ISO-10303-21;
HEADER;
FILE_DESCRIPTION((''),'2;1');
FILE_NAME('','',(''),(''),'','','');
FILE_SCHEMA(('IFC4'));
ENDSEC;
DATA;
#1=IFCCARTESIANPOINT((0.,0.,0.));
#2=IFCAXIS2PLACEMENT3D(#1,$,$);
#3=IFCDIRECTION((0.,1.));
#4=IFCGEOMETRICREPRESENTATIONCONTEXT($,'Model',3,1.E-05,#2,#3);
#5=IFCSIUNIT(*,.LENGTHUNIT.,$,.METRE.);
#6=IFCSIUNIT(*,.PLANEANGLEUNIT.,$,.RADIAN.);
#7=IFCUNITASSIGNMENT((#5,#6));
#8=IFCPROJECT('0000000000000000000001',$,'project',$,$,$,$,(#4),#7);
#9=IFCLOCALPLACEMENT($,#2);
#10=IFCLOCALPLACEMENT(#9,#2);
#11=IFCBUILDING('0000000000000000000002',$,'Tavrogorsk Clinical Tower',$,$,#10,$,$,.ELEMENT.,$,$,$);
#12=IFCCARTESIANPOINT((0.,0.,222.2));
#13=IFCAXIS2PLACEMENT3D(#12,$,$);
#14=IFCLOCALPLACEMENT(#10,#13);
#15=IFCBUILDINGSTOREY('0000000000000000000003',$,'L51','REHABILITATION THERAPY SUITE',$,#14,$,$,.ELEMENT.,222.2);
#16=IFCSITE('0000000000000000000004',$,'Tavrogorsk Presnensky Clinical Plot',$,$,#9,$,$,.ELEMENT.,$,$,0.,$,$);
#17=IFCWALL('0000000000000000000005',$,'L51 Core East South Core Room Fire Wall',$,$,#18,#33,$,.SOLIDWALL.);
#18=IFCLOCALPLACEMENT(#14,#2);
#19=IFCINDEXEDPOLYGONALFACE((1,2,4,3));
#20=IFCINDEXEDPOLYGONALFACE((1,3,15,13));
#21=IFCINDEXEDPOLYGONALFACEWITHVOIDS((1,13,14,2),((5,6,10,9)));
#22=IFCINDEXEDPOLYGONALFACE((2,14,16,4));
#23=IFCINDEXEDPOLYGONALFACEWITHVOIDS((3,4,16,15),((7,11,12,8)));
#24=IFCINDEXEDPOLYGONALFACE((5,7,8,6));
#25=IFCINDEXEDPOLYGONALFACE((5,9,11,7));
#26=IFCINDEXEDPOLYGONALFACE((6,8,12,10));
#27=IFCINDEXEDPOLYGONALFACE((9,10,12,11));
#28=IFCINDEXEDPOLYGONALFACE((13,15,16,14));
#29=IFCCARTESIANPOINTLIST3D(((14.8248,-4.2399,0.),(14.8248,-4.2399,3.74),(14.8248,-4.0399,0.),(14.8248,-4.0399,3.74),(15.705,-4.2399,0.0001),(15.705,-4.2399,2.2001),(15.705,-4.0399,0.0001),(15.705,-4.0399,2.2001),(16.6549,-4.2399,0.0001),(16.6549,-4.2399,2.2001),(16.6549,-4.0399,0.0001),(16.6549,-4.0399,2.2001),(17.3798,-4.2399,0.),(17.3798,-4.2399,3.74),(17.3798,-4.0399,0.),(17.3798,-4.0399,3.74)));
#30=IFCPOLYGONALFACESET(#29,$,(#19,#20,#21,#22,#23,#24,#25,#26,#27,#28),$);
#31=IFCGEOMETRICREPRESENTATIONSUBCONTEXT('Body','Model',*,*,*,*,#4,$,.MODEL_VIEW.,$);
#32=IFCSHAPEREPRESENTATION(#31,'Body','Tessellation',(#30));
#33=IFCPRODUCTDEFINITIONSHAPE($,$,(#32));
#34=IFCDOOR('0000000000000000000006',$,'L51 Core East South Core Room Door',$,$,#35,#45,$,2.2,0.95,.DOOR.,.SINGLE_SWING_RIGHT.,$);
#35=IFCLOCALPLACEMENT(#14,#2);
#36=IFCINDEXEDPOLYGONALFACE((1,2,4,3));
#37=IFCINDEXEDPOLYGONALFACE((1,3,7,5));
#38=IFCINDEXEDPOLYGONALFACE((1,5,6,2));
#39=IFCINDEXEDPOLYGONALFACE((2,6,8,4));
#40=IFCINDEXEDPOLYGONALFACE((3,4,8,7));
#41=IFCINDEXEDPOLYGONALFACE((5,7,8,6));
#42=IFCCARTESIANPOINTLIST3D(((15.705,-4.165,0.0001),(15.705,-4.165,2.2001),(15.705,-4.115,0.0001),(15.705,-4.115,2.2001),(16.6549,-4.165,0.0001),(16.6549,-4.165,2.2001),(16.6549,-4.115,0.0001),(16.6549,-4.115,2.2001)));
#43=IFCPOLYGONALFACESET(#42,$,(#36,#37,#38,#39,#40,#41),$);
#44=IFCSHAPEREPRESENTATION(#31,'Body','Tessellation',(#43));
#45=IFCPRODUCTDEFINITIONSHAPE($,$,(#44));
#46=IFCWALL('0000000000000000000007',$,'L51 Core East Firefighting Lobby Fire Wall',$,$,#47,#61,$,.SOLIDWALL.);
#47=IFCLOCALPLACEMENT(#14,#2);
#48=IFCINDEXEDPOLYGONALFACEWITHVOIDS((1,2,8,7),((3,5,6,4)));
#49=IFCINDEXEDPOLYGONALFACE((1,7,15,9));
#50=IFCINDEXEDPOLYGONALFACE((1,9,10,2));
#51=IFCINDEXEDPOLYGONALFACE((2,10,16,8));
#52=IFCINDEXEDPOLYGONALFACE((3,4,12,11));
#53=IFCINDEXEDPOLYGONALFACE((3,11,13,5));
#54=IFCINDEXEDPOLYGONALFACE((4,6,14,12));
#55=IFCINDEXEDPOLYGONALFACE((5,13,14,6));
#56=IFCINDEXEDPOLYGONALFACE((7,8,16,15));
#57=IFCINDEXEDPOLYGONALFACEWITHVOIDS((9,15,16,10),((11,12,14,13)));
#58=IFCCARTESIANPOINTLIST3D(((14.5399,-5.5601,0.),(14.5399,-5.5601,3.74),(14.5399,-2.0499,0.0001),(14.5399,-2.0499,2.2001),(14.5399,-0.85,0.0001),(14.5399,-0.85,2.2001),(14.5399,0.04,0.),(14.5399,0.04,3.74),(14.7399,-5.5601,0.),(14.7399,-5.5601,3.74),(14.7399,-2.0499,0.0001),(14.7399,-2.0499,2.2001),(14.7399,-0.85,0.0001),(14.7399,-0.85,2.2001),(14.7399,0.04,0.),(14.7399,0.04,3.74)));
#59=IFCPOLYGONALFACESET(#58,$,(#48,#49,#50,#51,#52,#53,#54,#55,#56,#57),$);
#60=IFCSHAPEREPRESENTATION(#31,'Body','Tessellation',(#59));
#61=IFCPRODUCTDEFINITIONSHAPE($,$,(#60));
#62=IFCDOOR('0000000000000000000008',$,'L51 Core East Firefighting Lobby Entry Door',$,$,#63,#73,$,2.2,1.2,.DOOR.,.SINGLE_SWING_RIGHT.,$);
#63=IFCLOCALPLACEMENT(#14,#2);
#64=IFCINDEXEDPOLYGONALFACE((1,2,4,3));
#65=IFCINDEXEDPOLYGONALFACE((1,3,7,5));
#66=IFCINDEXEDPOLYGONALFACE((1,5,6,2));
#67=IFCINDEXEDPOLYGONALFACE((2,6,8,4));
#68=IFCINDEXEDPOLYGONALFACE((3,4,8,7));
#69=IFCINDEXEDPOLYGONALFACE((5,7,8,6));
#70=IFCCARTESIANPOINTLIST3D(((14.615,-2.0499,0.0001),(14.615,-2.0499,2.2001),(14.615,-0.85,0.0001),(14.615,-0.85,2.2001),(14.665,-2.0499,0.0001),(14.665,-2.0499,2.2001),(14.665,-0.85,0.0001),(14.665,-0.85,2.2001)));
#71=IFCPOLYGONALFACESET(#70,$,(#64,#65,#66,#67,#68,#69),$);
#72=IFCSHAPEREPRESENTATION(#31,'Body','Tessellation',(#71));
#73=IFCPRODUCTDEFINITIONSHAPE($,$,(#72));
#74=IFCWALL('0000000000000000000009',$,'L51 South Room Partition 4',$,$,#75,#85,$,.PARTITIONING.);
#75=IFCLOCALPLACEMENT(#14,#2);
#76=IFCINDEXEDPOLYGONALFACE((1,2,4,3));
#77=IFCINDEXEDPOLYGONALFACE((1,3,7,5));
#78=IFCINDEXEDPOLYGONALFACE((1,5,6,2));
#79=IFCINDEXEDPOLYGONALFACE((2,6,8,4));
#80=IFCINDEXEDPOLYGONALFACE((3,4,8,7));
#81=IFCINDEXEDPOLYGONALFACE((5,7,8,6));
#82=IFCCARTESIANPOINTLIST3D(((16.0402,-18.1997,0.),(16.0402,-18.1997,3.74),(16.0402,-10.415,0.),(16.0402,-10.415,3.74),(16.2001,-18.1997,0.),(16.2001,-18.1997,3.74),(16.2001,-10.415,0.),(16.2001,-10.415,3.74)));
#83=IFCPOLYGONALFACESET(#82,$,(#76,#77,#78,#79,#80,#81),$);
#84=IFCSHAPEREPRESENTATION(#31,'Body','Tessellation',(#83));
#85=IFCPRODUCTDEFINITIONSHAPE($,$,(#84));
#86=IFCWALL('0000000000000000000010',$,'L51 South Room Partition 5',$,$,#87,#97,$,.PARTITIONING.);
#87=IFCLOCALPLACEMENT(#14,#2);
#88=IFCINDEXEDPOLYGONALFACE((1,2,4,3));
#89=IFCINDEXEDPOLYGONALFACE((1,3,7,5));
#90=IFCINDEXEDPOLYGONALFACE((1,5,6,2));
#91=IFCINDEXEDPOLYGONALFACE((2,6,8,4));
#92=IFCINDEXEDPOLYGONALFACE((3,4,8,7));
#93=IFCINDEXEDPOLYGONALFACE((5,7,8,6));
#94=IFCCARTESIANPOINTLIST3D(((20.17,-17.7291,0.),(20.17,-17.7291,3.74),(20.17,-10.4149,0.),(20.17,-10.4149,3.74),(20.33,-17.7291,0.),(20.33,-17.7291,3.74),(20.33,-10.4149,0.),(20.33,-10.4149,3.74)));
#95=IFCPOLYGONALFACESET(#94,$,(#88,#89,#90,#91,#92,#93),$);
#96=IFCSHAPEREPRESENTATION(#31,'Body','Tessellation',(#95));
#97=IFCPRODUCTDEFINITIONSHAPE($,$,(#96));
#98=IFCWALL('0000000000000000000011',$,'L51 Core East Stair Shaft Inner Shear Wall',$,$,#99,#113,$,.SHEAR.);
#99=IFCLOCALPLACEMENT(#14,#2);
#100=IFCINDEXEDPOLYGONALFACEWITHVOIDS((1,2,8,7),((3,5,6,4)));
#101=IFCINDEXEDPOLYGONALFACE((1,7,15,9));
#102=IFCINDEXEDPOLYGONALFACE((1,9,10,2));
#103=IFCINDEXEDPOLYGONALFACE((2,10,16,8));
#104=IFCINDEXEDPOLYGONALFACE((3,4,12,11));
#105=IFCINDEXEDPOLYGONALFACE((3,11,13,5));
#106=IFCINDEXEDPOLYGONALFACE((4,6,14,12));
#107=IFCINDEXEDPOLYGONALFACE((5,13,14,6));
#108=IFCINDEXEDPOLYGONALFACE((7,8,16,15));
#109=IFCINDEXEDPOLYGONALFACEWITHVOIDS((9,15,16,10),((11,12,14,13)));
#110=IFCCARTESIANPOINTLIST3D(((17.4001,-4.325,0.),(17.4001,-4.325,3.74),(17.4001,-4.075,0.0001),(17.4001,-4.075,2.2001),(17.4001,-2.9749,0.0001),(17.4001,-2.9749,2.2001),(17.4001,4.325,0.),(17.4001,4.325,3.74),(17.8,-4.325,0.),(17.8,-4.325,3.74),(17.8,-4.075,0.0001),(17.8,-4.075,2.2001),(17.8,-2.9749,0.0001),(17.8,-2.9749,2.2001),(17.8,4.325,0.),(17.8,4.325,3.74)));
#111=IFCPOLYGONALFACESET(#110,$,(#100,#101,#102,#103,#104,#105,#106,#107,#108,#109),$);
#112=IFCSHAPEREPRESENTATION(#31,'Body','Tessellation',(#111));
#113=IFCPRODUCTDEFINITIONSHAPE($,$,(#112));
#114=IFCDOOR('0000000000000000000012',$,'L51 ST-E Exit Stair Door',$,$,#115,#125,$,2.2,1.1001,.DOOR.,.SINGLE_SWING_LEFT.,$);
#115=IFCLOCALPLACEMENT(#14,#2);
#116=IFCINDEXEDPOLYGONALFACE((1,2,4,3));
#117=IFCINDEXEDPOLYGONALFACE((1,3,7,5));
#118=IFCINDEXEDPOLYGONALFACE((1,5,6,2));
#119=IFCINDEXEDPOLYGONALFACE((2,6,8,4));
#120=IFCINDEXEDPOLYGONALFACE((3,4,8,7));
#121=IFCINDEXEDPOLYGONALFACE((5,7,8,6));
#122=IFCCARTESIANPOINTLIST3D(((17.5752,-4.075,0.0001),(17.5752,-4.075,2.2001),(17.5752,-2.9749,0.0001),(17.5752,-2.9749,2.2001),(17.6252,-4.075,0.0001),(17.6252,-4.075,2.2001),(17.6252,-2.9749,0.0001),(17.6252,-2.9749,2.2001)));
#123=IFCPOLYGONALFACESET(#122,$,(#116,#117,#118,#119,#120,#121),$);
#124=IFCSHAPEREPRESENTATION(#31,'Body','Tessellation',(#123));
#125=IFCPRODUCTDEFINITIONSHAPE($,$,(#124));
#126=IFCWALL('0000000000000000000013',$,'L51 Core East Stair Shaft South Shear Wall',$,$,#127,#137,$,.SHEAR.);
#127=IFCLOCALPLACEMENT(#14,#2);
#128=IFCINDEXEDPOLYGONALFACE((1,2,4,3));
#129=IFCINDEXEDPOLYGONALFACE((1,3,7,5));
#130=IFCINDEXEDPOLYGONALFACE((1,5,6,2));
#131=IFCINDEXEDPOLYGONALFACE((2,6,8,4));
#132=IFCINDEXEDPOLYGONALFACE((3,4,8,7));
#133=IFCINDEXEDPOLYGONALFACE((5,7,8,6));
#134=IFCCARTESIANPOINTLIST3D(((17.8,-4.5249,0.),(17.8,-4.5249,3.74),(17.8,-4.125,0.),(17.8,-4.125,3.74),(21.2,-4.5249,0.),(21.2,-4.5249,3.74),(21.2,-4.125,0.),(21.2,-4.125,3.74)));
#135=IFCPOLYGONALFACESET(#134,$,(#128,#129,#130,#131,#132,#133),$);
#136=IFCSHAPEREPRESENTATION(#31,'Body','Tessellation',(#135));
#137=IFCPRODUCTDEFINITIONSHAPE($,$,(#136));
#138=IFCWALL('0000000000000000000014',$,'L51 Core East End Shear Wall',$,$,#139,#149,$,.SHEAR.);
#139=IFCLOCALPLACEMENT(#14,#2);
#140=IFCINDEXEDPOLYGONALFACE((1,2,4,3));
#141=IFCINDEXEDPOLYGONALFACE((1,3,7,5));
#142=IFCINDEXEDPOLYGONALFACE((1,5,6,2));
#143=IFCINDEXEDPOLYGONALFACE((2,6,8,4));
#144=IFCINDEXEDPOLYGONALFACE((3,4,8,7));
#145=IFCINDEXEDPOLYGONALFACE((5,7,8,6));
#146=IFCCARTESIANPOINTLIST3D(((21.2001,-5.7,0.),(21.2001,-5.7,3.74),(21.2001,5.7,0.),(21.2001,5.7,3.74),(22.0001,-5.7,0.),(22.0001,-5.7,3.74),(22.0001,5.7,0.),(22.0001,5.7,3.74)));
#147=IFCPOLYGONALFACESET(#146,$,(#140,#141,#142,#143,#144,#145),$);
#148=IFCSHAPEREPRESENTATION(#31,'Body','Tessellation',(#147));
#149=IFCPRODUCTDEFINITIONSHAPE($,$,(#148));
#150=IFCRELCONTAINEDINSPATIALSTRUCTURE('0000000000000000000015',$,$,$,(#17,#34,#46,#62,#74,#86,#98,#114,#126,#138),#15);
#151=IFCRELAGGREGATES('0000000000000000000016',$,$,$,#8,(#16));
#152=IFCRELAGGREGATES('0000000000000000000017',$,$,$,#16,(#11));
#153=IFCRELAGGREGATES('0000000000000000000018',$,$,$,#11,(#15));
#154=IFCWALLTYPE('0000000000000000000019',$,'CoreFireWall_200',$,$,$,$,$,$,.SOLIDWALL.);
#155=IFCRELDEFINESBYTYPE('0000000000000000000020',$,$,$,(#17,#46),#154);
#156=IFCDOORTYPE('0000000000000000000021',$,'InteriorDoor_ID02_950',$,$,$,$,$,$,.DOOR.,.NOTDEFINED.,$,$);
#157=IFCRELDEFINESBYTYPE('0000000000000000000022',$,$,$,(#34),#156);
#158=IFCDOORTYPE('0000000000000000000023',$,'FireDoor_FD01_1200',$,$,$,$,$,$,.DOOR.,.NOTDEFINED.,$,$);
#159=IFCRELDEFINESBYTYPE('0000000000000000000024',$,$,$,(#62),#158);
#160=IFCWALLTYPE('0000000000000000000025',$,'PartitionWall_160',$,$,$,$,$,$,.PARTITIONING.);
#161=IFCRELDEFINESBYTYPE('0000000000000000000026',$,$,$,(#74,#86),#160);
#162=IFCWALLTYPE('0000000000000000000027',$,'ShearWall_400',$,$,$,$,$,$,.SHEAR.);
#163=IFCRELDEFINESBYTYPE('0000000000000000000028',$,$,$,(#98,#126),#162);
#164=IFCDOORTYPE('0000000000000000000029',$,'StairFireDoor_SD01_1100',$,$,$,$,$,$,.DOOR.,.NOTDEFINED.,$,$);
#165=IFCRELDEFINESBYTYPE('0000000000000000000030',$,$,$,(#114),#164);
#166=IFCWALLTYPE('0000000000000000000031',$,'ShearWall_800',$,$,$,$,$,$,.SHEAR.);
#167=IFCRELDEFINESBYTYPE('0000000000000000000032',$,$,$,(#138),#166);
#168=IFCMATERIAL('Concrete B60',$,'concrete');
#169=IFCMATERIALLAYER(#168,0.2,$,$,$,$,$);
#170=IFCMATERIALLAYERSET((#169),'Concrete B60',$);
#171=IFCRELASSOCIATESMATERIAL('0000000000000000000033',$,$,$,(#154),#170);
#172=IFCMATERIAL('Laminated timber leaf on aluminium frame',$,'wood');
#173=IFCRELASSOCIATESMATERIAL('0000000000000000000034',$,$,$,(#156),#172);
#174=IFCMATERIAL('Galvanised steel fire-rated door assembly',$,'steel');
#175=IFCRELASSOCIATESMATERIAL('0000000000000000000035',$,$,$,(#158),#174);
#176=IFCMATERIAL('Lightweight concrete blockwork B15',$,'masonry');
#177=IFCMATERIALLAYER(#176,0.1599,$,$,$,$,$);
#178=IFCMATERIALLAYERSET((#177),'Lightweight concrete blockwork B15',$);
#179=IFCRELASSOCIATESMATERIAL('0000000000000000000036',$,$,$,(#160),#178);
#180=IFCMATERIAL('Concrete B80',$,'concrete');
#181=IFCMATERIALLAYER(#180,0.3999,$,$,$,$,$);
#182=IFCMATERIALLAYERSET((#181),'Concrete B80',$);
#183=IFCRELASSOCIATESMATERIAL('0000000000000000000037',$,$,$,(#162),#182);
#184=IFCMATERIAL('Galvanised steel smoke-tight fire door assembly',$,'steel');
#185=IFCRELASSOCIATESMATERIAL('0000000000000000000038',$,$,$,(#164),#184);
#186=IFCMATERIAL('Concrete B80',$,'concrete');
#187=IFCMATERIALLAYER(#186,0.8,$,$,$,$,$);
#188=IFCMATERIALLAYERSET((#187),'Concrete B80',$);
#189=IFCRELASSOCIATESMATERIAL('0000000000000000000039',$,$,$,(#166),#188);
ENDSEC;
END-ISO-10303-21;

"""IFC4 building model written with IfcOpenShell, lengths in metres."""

from ifc_helpers import new_model, si_unit, direction, frame, frame_2d, origin, place, context, subcontext, project, spatial, rectangle, extrude, material, layer, layer_set, type_object, element, fill, save


model = new_model("IFC4")

# Units and contexts
model_context = context("Model", 3, precision=1e-05, world=origin(), true_north=direction((0.0, 1.0)))
body_context = subcontext(model_context, "Body", "Model", "MODEL_VIEW")
ifc_project = project(units=[si_unit("LENGTHUNIT", "METRE"), si_unit("PLANEANGLEUNIT", "RADIAN")], contexts=[model_context])

# Site, building, storey
site_placement = place(None, origin())
site = spatial("IfcSite", under=ifc_project, at=site_placement, Name="Tavrogorsk Presnensky Clinical Plot", CompositionType="ELEMENT", RefElevation=0.0)
building_placement = place(site_placement, origin())
building = spatial("IfcBuilding", under=site, at=building_placement, Name="Tavrogorsk Clinical Tower", CompositionType="ELEMENT")
storey_placement = place(building_placement, frame((0.0, 0.0, 222.2)))
storey = spatial("IfcBuildingStorey", under=building, at=storey_placement, Name="L51", Description="REHABILITATION THERAPY SUITE", CompositionType="ELEMENT", Elevation=222.2)

# Walls, openings, doors
ifc_material_1 = material(Name="Concrete B60", Category="concrete")
ifc_layer_1 = layer(ifc_material_1, 0.2)
ifc_layer_set_1 = layer_set([ifc_layer_1], Name="Concrete B60")
wall_type_1 = type_object("IfcWallType", Name="CoreFireWall_200", PredefinedType="SOLIDWALL", material=ifc_layer_set_1)
wall_1_placement = place(storey_placement, frame((14.825, -4.1399, 0.0), z_axis=(0.0, 0.0, 1.0), x_axis=(1.0, 0.0, 0.0)))
wall_1 = element("IfcWall", 1, at=wall_1_placement, inside=storey, type_object=wall_type_1, Name="L51 Core East South Core Room Fire Wall", PredefinedType="SOLIDWALL", context=body_context, shape_type="SweptSolid", body=[
    extrude(rectangle(XDim=2.5549, YDim=0.2, at=frame_2d((1.2773, 0.0))), origin(), (0.0, 0.0, 1.0), 3.74),
])
opening_1_placement = place(wall_1_placement, frame((0.8799, 0.0, 0.0)))
opening_1 = element("IfcOpeningElement", 2, at=opening_1_placement, cuts=wall_1, PredefinedType="OPENING", context=body_context, shape_type="SweptSolid", body=[
    extrude(rectangle(XDim=0.95, YDim=2.2, at=frame_2d((0.4751, 1.1001))), frame((0.0, 0.1099, 0.0), z_axis=(0.0, -1.0, 0.0), x_axis=(1.0, 0.0, 0.0)), (0.0, 0.0, 1.0), 0.22),
])
ifc_material_2 = material(Name="Laminated timber leaf on aluminium frame", Category="wood")
door_type_1 = type_object("IfcDoorType", Name="InteriorDoor_ID02_950", OperationType="NOTDEFINED", PredefinedType="DOOR", material=ifc_material_2)
door_1_placement = place(opening_1_placement, origin())
door_1 = element("IfcDoor", 3, at=door_1_placement, inside=storey, type_object=door_type_1, Name="L51 Core East South Core Room Door", OperationType="SINGLE_SWING_RIGHT", OverallHeight=2.2, OverallWidth=0.95, PredefinedType="DOOR", context=body_context, shape_type="SweptSolid", body=[
    extrude(rectangle(XDim=0.95, YDim=2.2, at=frame_2d((0.4751, 1.1001))), frame((0.0, 0.0249, 0.0), z_axis=(0.0, -1.0, 0.0), x_axis=(1.0, 0.0, 0.0)), (0.0, 0.0, 1.0), 0.05),
])
fill(opening_1, door_1)
wall_2_placement = place(storey_placement, frame((14.6399, -5.5601, 0.0), z_axis=(0.0, 0.0, 1.0), x_axis=(0.0, 1.0, 0.0)))
wall_2 = element("IfcWall", 4, at=wall_2_placement, inside=storey, type_object=wall_type_1, Name="L51 Core East Firefighting Lobby Fire Wall", PredefinedType="SOLIDWALL", context=body_context, shape_type="SweptSolid", body=[
    extrude(rectangle(XDim=5.6001, YDim=0.2, at=frame_2d((2.8, 0.0))), origin(), (0.0, 0.0, 1.0), 3.74),
])
opening_2_placement = place(wall_2_placement, frame((3.51, 0.0, 0.0)))
opening_2 = element("IfcOpeningElement", 5, at=opening_2_placement, cuts=wall_2, PredefinedType="OPENING", context=body_context, shape_type="SweptSolid", body=[
    extrude(rectangle(XDim=1.2, YDim=2.2, at=frame_2d((0.6001, 1.1001))), frame((0.0, 0.1099, 0.0), z_axis=(0.0, -1.0, 0.0), x_axis=(1.0, 0.0, 0.0)), (0.0, 0.0, 1.0), 0.22),
])
ifc_material_3 = material(Name="Galvanised steel fire-rated door assembly", Category="steel")
door_type_2 = type_object("IfcDoorType", Name="FireDoor_FD01_1200", OperationType="NOTDEFINED", PredefinedType="DOOR", material=ifc_material_3)
door_2_placement = place(opening_2_placement, origin())
door_2 = element("IfcDoor", 6, at=door_2_placement, inside=storey, type_object=door_type_2, Name="L51 Core East Firefighting Lobby Entry Door", OperationType="SINGLE_SWING_RIGHT", OverallHeight=2.2, OverallWidth=1.2, PredefinedType="DOOR", context=body_context, shape_type="SweptSolid", body=[
    extrude(rectangle(XDim=1.2, YDim=2.2, at=frame_2d((0.6001, 1.1001))), frame((0.0, 0.0249, 0.0), z_axis=(0.0, -1.0, 0.0), x_axis=(1.0, 0.0, 0.0)), (0.0, 0.0, 1.0), 0.05),
])
fill(opening_2, door_2)

# Walls
ifc_material_4 = material(Name="Lightweight concrete blockwork B15", Category="masonry")
ifc_layer_2 = layer(ifc_material_4, 0.1599)
ifc_layer_set_2 = layer_set([ifc_layer_2], Name="Lightweight concrete blockwork B15")
wall_type_2 = type_object("IfcWallType", Name="PartitionWall_160", PredefinedType="PARTITIONING", material=ifc_layer_set_2)
wall_3_placement = place(storey_placement, frame((16.1201, -18.1997, 0.0), z_axis=(0.0, 0.0, 1.0), x_axis=(0.0, 1.0, 0.0)))
element("IfcWall", 7, at=wall_3_placement, inside=storey, type_object=wall_type_2, Name="L51 South Room Partition 4", PredefinedType="PARTITIONING", context=body_context, shape_type="SweptSolid", body=[
    extrude(rectangle(XDim=7.7847, YDim=0.1599, at=frame_2d((3.8923, 0.0))), origin(), (0.0, 0.0, 1.0), 3.74),
])
wall_4_placement = place(storey_placement, frame((20.25, -17.7292, 0.0), z_axis=(0.0, 0.0, 1.0), x_axis=(0.0, 1.0, 0.0)))
element("IfcWall", 8, at=wall_4_placement, inside=storey, type_object=wall_type_2, Name="L51 South Room Partition 5", PredefinedType="PARTITIONING", context=body_context, shape_type="SweptSolid", body=[
    extrude(rectangle(XDim=7.3142, YDim=0.1599, at=frame_2d((3.6572, 0.0))), origin(), (0.0, 0.0, 1.0), 3.74),
])

# Wall, opening, door
ifc_material_5 = material(Name="Concrete B80", Category="concrete")
ifc_layer_3 = layer(ifc_material_5, 0.3999)
ifc_layer_set_3 = layer_set([ifc_layer_3], Name="Concrete B80")
wall_type_3 = type_object("IfcWallType", Name="ShearWall_400", PredefinedType="SHEAR", material=ifc_layer_set_3)
wall_5_placement = place(storey_placement, frame((17.6001, -4.325, 0.0), z_axis=(0.0, 0.0, 1.0), x_axis=(0.0, 1.0, 0.0)))
wall_5 = element("IfcWall", 9, at=wall_5_placement, inside=storey, type_object=wall_type_3, Name="L51 Core East Stair Shaft Inner Shear Wall", PredefinedType="SHEAR", context=body_context, shape_type="SweptSolid", body=[
    extrude(rectangle(XDim=8.6499, YDim=0.3999, at=frame_2d((4.325, 0.0))), origin(), (0.0, 0.0, 1.0), 3.74),
])
opening_3_placement = place(wall_5_placement, frame((0.25, 0.0, 0.0)))
opening_3 = element("IfcOpeningElement", 10, at=opening_3_placement, cuts=wall_5, PredefinedType="OPENING", context=body_context, shape_type="SweptSolid", body=[
    extrude(rectangle(XDim=1.1001, YDim=2.2, at=frame_2d((0.55, 1.1001))), frame((0.0, 0.21, 0.0), z_axis=(0.0, -1.0, 0.0), x_axis=(1.0, 0.0, 0.0)), (0.0, 0.0, 1.0), 0.4199),
])
ifc_material_6 = material(Name="Galvanised steel smoke-tight fire door assembly", Category="steel")
door_type_3 = type_object("IfcDoorType", Name="StairFireDoor_SD01_1100", OperationType="NOTDEFINED", PredefinedType="DOOR", material=ifc_material_6)
door_3_placement = place(opening_3_placement, origin())
door_3 = element("IfcDoor", 11, at=door_3_placement, inside=storey, type_object=door_type_3, Name="L51 ST-E Exit Stair Door", OperationType="SINGLE_SWING_LEFT", OverallHeight=2.2, OverallWidth=1.1001, PredefinedType="DOOR", context=body_context, shape_type="SweptSolid", body=[
    extrude(rectangle(XDim=1.1001, YDim=2.2, at=frame_2d((0.55, 1.1001))), frame((0.0, 0.0249, 0.0), z_axis=(0.0, -1.0, 0.0), x_axis=(1.0, 0.0, 0.0)), (0.0, 0.0, 1.0), 0.05),
])
fill(opening_3, door_3)

# Walls
wall_6_placement = place(storey_placement, frame((17.8, -4.325, 0.0), z_axis=(0.0, 0.0, 1.0), x_axis=(1.0, 0.0, 0.0)))
element("IfcWall", 12, at=wall_6_placement, inside=storey, type_object=wall_type_3, Name="L51 Core East Stair Shaft South Shear Wall", PredefinedType="SHEAR", context=body_context, shape_type="SweptSolid", body=[
    extrude(rectangle(XDim=3.3999, YDim=0.3999, at=frame_2d((1.7, 0.0))), origin(), (0.0, 0.0, 1.0), 3.74),
])
ifc_material_7 = material(Name="Concrete B80", Category="concrete")
ifc_layer_4 = layer(ifc_material_7, 0.8)
ifc_layer_set_4 = layer_set([ifc_layer_4], Name="Concrete B80")
wall_type_4 = type_object("IfcWallType", Name="ShearWall_800", PredefinedType="SHEAR", material=ifc_layer_set_4)
wall_7_placement = place(storey_placement, frame((21.6001, -5.7, 0.0), z_axis=(0.0, 0.0, 1.0), x_axis=(0.0, 1.0, 0.0)))
element("IfcWall", 13, at=wall_7_placement, inside=storey, type_object=wall_type_4, Name="L51 Core East End Shear Wall", PredefinedType="SHEAR", context=body_context, shape_type="SweptSolid", body=[
    extrude(rectangle(XDim=11.3999, YDim=0.8, at=frame_2d((5.7, 0.0))), origin(), (0.0, 0.0, 1.0), 3.74),
])

save(model, "model.ifc")
